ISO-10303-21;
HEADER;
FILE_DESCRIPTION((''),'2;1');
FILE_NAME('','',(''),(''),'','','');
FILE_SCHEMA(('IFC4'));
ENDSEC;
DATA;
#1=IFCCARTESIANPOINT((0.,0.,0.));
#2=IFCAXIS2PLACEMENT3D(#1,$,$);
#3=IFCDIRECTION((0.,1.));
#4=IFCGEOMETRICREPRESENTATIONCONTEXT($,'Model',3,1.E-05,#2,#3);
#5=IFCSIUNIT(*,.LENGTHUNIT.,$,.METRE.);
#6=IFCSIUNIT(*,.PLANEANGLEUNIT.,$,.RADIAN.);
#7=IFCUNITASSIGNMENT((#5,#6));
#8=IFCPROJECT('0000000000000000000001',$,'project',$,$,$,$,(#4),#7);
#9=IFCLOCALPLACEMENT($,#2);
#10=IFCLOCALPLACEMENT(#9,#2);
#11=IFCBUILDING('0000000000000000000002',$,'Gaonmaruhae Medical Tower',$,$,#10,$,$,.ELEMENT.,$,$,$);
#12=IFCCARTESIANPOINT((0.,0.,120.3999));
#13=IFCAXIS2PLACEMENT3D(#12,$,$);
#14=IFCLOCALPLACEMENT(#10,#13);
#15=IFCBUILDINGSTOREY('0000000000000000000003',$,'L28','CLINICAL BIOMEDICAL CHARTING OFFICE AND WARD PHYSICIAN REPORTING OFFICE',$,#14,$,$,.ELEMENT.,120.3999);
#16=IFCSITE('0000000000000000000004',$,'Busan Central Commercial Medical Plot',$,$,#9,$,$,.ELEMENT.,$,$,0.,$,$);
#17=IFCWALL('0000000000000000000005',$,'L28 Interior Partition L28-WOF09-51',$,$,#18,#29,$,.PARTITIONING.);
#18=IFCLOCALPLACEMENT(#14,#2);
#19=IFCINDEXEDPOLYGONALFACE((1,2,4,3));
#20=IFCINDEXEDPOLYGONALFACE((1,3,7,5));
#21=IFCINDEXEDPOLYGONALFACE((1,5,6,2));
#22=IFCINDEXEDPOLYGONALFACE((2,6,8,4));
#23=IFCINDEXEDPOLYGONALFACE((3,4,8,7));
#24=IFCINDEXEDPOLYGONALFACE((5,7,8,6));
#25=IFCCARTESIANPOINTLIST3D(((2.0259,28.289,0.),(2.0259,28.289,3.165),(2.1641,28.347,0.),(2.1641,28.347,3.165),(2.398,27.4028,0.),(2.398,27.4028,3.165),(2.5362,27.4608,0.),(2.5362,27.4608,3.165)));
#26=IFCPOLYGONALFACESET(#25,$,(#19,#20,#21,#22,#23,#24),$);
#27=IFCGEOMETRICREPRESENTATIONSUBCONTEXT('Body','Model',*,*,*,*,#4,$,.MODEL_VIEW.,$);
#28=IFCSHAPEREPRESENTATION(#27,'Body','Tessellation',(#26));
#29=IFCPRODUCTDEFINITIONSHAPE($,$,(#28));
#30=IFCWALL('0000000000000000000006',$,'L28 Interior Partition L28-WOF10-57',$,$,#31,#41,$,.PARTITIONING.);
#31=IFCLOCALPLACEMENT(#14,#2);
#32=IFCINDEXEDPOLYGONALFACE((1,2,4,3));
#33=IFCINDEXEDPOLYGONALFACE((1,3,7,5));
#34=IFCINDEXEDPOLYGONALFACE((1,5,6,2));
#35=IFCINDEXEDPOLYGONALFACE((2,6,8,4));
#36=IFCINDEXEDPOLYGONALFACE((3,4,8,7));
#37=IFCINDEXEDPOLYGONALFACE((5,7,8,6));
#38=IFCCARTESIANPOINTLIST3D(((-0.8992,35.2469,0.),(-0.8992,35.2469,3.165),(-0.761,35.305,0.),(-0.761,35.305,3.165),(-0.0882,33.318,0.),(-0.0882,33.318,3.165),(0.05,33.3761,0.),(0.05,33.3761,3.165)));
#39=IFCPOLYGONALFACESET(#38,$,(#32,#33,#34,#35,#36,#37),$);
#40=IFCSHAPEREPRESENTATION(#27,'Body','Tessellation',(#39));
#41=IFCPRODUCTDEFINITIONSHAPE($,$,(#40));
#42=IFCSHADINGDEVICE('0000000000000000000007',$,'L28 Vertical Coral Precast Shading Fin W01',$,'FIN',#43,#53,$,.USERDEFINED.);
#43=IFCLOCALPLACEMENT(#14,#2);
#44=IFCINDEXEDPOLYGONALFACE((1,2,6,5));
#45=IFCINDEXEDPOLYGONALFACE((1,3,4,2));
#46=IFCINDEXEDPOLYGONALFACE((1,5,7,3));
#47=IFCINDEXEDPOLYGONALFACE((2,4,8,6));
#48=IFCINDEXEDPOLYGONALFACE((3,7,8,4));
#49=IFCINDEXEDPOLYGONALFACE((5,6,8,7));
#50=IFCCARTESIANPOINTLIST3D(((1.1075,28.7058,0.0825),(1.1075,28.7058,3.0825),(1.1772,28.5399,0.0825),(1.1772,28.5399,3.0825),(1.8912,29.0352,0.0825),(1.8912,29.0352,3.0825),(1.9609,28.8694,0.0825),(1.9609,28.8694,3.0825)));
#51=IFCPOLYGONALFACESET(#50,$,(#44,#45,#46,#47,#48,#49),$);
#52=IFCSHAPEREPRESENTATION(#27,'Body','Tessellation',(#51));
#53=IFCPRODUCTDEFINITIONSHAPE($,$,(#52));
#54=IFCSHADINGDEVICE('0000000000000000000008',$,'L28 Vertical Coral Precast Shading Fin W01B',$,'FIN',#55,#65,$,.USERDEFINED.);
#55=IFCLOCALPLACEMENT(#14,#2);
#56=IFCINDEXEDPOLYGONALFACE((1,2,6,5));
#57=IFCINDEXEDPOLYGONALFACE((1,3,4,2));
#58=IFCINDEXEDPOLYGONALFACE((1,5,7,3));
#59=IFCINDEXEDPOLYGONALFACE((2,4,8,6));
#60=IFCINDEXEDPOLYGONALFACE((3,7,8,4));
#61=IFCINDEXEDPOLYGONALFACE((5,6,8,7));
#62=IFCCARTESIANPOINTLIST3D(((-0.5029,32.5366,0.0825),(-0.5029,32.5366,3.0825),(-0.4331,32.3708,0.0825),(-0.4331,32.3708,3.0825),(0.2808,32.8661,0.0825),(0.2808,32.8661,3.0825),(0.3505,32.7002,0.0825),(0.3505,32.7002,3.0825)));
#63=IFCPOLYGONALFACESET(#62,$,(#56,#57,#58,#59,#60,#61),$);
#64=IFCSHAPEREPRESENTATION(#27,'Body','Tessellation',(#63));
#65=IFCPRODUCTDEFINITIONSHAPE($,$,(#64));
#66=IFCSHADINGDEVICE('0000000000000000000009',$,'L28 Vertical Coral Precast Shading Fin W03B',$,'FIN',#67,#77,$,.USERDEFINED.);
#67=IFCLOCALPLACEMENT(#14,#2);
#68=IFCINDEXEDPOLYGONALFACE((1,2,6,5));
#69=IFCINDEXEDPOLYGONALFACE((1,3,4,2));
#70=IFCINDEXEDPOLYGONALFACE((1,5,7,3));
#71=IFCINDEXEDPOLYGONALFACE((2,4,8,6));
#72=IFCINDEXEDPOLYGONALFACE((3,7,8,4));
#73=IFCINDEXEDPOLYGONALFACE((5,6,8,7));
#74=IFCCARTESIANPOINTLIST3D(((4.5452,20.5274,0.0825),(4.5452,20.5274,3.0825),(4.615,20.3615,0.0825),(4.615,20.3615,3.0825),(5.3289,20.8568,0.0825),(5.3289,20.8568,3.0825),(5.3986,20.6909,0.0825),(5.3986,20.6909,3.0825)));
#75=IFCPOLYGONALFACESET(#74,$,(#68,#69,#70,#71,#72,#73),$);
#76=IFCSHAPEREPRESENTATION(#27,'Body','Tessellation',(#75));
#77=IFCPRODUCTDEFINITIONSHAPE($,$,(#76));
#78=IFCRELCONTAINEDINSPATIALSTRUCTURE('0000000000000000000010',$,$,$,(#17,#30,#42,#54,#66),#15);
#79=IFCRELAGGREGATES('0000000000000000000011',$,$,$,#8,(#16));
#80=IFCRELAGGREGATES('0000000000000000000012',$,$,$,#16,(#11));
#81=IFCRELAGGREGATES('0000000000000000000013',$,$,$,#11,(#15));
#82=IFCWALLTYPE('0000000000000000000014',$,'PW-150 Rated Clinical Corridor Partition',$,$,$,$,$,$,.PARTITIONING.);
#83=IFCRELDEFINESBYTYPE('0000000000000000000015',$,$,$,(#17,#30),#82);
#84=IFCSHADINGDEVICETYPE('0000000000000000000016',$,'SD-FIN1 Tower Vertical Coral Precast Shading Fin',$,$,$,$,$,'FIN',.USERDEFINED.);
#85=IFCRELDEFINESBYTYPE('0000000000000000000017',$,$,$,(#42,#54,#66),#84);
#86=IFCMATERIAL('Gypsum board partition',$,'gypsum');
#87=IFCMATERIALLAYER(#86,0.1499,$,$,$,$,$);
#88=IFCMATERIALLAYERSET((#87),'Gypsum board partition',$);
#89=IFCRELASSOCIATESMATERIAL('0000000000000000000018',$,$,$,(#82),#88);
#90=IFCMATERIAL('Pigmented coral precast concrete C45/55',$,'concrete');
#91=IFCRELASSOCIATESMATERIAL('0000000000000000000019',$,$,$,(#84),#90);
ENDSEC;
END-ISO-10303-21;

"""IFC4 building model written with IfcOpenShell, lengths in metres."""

from ifc_helpers import new_model, si_unit, direction, frame, frame_2d, origin, origin_2d, place, context, subcontext, project, spatial, rectangle, extrude, material, layer, layer_set, type_object, element, save


model = new_model("IFC4")

# Units and contexts
model_context = context("Model", 3, precision=1e-05, world=origin(), true_north=direction((0.0, 1.0)))
body_context = subcontext(model_context, "Body", "Model", "MODEL_VIEW")
ifc_project = project(units=[si_unit("LENGTHUNIT", "METRE"), si_unit("PLANEANGLEUNIT", "RADIAN")], contexts=[model_context])

# Site, building, storey
site_placement = place(None, origin())
site = spatial("IfcSite", under=ifc_project, at=site_placement, Name="Busan Central Commercial Medical Plot", CompositionType="ELEMENT", RefElevation=0.0)
building_placement = place(site_placement, origin())
building = spatial("IfcBuilding", under=site, at=building_placement, Name="Gaonmaruhae Medical Tower", CompositionType="ELEMENT")
storey_placement = place(building_placement, frame((0.0, 0.0, 120.3999)))
storey = spatial("IfcBuildingStorey", under=building, at=storey_placement, Name="L28", Description="CLINICAL BIOMEDICAL CHARTING OFFICE AND WARD PHYSICIAN REPORTING OFFICE", CompositionType="ELEMENT", Elevation=120.3999)

# Walls
ifc_material_1 = material(Name="Gypsum board partition", Category="gypsum")
ifc_layer_1 = layer(ifc_material_1, 0.1499)
ifc_layer_set_1 = layer_set([ifc_layer_1], Name="Gypsum board partition")
wall_type_1 = type_object("IfcWallType", Name="PW-150 Rated Clinical Corridor Partition", PredefinedType="PARTITIONING", material=ifc_layer_set_1)
wall_1_placement = place(storey_placement, frame((2.467, 27.4319, 0.0), z_axis=(0.0, 0.0, 1.0), x_axis=(-0.387103, 0.922037, 0.0)))
element("IfcWall", 1, at=wall_1_placement, inside=storey, type_object=wall_type_1, Name="L28 Interior Partition L28-WOF09-51", PredefinedType="PARTITIONING", context=body_context, shape_type="SweptSolid", body=[
    extrude(rectangle(XDim=0.9612, YDim=0.1499, at=frame_2d((0.4805, 0.0))), origin(), (0.0, 0.0, 1.0), 3.165),
])
wall_2_placement = place(storey_placement, frame((-0.019, 33.3469, 0.0), z_axis=(0.0, 0.0, 1.0), x_axis=(-0.387588, 0.921833, 0.0)))
element("IfcWall", 2, at=wall_2_placement, inside=storey, type_object=wall_type_1, Name="L28 Interior Partition L28-WOF10-57", PredefinedType="PARTITIONING", context=body_context, shape_type="SweptSolid", body=[
    extrude(rectangle(XDim=2.0925, YDim=0.1499, at=frame_2d((1.0464, 0.0))), origin(), (0.0, 0.0, 1.0), 3.165),
])

# Shading devices
ifc_material_2 = material(Name="Pigmented coral precast concrete C45/55", Category="concrete")
shading_device_type = type_object("IfcShadingDeviceType", Name="SD-FIN1 Tower Vertical Coral Precast Shading Fin", ElementType="FIN", PredefinedType="USERDEFINED", material=ifc_material_2)
for number, where, z_axis, x_axis, name in (
    (3, (1.5342, 28.7876, 0.0825), (0.0, 0.0, 1.0), (-0.387516, 0.921863, 0.0), "L28 Vertical Coral Precast Shading Fin W01"),
    (4, (-0.0762, 32.6184, 0.0825), (0.0, 0.0, 1.0), (-0.387516, 0.921863, 0.0), "L28 Vertical Coral Precast Shading Fin W01B"),
    (5, (4.9719, 20.6091, 0.0825), (0.0, 0.0, 1.0), (-0.387516, 0.921863, 0.0), "L28 Vertical Coral Precast Shading Fin W03B"),
):
    element("IfcShadingDevice", number, at=place(storey_placement, frame(where, z_axis=z_axis, x_axis=x_axis)), inside=storey, type_object=shading_device_type, Name=name, ObjectType="FIN", PredefinedType="USERDEFINED", context=body_context, shape_type="SweptSolid", body=[
        extrude(rectangle(XDim=0.1799, YDim=0.8501, at=origin_2d()), origin(), (0.0, 0.0, 1.0), 3.0),
    ])

save(model, "model.ifc")
